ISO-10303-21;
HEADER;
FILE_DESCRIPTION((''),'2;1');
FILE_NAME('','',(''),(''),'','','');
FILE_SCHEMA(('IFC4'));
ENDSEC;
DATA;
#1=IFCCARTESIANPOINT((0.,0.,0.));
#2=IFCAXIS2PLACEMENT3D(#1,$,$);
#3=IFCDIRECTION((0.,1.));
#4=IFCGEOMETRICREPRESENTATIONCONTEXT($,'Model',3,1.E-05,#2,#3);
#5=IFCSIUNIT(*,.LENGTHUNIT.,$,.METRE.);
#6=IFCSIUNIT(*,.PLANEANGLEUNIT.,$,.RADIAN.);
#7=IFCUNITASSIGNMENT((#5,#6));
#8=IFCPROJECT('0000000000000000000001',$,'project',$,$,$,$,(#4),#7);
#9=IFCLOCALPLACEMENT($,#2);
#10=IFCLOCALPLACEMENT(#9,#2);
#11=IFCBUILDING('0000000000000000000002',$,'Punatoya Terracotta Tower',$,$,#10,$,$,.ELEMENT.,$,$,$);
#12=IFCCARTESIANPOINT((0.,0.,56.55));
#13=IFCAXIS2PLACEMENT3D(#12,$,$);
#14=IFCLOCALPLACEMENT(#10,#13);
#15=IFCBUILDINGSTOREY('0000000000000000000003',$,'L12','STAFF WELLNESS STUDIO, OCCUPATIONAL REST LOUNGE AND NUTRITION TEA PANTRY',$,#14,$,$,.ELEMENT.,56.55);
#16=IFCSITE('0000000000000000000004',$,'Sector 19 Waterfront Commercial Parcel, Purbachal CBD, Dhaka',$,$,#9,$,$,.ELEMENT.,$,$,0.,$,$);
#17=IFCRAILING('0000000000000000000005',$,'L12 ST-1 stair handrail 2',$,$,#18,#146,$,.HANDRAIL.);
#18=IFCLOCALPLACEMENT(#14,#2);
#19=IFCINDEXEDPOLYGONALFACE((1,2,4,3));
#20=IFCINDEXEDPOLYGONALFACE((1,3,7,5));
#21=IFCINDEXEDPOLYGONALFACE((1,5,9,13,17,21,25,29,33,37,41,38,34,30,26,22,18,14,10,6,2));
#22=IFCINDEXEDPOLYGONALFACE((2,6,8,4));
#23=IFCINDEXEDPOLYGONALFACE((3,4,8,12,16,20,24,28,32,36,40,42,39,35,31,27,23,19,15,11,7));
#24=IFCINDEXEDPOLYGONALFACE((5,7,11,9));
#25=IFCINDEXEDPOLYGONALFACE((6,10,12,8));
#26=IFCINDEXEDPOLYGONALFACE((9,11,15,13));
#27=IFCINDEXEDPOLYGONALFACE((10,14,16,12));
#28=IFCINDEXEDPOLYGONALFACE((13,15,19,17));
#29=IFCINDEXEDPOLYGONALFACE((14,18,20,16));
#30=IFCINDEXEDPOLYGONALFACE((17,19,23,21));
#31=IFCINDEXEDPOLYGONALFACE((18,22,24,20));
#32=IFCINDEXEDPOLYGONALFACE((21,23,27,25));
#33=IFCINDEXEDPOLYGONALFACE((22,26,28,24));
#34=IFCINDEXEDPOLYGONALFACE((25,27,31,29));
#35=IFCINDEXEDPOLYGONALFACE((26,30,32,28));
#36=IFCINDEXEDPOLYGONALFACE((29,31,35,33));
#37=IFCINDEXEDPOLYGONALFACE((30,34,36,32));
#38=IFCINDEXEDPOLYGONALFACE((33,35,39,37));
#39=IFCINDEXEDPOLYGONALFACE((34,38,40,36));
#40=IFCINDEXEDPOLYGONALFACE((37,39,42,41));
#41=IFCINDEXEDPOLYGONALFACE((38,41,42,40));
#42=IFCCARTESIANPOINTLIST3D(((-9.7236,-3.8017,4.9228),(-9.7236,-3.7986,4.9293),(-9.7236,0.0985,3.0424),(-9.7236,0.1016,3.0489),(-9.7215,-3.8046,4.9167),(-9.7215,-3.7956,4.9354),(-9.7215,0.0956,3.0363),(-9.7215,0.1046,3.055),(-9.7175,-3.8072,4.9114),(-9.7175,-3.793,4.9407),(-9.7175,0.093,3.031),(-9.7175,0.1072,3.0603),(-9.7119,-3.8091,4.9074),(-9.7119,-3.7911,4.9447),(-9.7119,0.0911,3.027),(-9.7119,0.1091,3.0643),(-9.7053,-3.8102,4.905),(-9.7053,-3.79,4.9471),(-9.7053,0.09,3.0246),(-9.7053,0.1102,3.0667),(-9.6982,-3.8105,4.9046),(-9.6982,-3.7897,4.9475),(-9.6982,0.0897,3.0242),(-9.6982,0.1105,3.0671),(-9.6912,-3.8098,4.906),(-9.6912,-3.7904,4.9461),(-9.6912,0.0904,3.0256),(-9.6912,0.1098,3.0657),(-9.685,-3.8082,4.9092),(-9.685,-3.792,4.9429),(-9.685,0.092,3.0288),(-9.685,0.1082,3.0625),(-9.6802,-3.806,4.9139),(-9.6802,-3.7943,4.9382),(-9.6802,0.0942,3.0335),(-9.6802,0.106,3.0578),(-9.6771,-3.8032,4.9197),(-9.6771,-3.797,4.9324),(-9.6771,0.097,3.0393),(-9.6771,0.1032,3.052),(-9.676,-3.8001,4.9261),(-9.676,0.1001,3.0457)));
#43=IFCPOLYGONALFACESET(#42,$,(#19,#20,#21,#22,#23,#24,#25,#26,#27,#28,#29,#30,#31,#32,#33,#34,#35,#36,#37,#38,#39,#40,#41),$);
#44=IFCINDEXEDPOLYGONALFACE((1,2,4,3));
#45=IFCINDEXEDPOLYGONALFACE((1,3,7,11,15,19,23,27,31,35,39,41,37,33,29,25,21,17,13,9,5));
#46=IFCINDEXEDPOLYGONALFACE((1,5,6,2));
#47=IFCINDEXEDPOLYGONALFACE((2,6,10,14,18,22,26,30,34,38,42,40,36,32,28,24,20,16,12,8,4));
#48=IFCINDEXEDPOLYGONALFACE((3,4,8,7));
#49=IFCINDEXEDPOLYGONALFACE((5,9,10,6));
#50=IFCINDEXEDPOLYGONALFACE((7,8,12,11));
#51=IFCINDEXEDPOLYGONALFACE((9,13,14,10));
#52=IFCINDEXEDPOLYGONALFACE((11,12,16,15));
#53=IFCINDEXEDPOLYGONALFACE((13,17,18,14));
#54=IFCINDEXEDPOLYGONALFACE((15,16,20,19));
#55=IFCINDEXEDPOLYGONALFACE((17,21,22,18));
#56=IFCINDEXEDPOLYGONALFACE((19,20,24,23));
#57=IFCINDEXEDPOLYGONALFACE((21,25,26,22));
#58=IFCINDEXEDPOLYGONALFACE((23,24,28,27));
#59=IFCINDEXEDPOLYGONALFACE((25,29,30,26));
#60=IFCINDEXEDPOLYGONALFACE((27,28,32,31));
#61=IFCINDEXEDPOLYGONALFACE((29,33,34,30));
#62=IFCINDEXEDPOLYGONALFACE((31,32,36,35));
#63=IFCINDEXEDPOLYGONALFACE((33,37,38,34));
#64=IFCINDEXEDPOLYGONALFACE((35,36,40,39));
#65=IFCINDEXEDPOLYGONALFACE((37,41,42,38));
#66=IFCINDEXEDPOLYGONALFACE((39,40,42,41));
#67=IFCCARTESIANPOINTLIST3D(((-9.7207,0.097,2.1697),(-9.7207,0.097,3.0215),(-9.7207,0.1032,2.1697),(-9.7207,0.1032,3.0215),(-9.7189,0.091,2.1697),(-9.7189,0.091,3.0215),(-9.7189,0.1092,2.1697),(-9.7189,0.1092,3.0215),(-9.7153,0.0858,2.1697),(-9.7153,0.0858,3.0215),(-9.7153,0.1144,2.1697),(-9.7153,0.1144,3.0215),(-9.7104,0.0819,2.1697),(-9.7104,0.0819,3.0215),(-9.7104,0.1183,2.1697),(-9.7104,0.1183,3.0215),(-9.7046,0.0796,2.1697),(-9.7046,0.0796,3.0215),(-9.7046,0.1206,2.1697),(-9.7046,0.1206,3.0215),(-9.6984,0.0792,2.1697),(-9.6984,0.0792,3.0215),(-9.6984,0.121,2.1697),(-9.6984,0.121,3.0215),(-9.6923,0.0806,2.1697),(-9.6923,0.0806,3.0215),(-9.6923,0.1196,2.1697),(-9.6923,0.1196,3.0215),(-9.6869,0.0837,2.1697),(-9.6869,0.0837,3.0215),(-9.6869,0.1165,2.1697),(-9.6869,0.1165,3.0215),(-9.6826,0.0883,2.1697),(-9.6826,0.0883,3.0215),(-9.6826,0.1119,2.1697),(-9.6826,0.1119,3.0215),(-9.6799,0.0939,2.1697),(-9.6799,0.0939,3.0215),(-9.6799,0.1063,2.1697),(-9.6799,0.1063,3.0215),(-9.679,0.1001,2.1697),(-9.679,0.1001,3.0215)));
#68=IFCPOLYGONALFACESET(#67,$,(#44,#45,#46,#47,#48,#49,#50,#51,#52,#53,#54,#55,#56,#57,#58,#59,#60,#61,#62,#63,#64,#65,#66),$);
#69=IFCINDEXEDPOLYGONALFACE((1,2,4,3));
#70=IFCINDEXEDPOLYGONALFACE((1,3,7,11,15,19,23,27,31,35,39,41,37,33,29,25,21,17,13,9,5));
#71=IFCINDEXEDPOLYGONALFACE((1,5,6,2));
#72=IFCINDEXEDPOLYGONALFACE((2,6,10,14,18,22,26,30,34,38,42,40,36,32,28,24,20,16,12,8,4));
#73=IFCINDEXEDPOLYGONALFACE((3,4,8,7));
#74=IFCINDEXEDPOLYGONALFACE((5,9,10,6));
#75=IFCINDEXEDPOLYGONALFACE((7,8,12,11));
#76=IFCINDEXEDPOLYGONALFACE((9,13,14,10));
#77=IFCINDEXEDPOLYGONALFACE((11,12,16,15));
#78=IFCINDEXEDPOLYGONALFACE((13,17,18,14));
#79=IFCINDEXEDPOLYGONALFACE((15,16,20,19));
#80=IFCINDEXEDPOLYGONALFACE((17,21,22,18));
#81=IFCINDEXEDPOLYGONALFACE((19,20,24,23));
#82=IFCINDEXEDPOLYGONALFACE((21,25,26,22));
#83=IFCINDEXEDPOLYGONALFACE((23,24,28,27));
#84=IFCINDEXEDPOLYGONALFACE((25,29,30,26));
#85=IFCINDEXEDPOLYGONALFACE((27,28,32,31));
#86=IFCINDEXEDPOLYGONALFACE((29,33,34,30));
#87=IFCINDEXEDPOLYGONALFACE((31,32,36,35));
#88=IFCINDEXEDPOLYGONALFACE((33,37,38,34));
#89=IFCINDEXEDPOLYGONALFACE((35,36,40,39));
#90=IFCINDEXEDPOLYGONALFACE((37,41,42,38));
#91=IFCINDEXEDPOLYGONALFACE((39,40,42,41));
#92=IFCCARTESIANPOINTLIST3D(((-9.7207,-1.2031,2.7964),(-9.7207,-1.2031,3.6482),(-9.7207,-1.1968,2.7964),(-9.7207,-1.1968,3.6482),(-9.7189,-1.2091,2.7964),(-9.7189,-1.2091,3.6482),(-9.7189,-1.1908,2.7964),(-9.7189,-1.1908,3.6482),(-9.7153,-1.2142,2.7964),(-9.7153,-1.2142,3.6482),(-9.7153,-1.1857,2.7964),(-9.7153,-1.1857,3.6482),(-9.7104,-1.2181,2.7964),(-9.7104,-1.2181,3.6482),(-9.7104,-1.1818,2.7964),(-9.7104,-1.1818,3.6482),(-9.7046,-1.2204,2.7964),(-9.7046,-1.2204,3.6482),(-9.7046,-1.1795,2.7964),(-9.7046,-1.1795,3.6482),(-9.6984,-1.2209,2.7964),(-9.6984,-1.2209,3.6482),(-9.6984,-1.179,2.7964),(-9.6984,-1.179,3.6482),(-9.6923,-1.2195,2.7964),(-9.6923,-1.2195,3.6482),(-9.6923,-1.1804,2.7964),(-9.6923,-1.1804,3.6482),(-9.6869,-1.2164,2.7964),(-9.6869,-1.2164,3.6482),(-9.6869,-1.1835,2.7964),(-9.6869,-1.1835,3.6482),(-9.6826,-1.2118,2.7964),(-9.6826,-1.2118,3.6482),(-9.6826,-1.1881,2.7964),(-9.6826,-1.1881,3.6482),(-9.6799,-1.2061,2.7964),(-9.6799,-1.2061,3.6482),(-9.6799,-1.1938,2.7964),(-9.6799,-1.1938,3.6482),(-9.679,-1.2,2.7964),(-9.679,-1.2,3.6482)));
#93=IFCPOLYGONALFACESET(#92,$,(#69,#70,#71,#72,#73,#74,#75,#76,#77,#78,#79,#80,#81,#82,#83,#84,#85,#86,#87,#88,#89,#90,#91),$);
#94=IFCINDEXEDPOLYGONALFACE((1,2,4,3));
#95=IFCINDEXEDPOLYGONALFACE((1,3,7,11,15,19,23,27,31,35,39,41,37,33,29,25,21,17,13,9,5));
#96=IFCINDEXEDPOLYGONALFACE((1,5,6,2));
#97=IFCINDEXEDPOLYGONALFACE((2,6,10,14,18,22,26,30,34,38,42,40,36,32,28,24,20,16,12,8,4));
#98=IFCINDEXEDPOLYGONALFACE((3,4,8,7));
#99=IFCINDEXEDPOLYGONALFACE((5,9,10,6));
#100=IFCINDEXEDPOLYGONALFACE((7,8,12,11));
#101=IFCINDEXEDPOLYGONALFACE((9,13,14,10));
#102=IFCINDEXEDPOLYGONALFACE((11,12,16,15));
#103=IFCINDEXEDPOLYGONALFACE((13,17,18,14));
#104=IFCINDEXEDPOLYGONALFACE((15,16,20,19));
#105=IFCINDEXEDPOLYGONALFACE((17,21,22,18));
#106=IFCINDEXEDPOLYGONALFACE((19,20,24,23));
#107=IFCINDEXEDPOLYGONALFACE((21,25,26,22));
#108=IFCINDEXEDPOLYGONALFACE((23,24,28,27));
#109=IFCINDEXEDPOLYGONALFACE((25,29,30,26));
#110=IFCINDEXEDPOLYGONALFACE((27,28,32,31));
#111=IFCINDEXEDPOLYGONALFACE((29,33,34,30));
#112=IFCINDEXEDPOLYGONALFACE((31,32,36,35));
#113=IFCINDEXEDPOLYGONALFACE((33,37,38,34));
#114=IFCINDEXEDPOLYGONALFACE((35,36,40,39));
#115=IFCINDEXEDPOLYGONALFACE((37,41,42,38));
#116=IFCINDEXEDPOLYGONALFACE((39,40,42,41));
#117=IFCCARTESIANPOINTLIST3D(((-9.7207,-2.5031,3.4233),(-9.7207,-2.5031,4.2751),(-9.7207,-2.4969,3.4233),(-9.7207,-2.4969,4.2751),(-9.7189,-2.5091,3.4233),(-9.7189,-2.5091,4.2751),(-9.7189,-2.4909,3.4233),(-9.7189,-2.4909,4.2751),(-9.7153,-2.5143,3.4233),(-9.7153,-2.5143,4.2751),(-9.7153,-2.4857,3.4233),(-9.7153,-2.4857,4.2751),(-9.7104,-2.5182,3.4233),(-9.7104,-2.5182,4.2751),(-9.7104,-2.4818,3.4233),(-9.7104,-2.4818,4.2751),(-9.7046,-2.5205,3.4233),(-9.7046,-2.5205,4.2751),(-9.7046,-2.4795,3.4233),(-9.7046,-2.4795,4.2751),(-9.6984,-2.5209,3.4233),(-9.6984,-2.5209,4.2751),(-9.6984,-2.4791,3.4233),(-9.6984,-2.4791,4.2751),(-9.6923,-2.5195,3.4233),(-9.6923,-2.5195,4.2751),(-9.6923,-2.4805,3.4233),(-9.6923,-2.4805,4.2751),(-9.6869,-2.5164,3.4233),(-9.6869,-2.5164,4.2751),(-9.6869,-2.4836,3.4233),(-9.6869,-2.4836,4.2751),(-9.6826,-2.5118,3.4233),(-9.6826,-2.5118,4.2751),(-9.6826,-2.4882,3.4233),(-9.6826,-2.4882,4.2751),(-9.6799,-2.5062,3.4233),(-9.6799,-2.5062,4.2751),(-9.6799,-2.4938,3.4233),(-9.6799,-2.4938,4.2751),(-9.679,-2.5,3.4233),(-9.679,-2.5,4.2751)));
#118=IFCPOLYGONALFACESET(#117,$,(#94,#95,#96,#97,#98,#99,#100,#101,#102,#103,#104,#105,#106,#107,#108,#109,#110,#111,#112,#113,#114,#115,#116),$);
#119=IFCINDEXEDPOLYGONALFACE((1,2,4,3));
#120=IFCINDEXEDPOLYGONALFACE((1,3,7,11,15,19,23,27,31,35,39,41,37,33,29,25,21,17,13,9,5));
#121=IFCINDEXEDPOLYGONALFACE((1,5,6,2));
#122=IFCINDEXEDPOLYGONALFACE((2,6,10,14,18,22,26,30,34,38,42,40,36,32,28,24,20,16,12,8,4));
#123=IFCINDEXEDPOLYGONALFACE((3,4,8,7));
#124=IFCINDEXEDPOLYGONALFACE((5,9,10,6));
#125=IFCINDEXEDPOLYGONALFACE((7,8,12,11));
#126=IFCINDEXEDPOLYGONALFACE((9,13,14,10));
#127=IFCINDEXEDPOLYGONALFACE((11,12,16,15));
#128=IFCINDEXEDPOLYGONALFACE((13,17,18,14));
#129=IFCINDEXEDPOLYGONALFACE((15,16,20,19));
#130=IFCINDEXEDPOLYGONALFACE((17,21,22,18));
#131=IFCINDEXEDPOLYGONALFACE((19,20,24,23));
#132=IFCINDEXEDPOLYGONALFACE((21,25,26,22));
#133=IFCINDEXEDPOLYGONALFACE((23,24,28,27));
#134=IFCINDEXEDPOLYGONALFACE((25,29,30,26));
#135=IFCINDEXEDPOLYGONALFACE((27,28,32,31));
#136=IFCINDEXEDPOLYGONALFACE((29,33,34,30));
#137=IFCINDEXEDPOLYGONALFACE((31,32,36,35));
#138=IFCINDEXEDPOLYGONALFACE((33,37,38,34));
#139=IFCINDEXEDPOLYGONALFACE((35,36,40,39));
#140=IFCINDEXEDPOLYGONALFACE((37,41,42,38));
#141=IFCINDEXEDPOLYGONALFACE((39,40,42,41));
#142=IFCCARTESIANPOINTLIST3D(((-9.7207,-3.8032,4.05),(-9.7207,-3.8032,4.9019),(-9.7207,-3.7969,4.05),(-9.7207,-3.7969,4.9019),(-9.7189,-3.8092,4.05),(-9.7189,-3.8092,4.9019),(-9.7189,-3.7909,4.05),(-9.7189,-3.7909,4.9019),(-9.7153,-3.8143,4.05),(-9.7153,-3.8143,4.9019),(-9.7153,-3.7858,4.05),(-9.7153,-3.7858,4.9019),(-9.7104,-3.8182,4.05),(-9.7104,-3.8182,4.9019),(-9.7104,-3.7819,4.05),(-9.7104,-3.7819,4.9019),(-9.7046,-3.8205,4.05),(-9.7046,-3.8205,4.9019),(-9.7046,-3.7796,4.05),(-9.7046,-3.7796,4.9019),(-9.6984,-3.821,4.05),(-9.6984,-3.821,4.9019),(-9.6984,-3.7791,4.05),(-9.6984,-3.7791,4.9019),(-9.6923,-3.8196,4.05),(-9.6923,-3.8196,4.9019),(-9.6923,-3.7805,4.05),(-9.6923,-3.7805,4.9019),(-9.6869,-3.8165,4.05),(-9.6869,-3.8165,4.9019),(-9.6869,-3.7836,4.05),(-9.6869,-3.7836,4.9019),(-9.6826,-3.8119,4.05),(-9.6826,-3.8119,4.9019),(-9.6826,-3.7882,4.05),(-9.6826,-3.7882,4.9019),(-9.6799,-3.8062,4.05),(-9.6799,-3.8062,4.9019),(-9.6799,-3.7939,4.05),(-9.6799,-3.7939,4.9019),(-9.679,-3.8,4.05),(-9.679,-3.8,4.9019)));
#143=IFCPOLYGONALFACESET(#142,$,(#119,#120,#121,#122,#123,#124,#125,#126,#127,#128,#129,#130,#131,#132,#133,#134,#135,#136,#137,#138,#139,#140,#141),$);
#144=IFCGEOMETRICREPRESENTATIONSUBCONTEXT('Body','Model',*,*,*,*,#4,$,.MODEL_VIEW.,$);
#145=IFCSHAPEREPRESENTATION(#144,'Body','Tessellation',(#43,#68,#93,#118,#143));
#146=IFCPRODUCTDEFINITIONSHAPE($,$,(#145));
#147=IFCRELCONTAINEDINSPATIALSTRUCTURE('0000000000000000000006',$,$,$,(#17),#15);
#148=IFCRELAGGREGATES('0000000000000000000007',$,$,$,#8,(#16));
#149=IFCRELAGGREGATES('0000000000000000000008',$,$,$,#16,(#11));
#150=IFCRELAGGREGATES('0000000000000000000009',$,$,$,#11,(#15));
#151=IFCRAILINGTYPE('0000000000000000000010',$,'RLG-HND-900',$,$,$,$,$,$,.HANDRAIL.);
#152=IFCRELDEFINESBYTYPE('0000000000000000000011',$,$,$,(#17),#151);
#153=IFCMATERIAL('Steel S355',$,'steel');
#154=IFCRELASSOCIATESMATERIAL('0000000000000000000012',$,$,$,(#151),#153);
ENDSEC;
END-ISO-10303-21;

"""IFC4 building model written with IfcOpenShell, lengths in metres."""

from ifc_helpers import new_model, si_unit, direction, frame, origin, origin_2d, place, context, subcontext, project, spatial, circle, extrude, material, type_object, element, save


model = new_model("IFC4")

# Units and contexts
model_context = context("Model", 3, precision=1e-05, world=origin(), true_north=direction((0.0, 1.0)))
body_context = subcontext(model_context, "Body", "Model", "MODEL_VIEW")
ifc_project = project(units=[si_unit("LENGTHUNIT", "METRE"), si_unit("PLANEANGLEUNIT", "RADIAN")], contexts=[model_context])

# Site, building, storey
site_placement = place(None, origin())
site = spatial("IfcSite", under=ifc_project, at=site_placement, Name="Sector 19 Waterfront Commercial Parcel, Purbachal CBD, Dhaka", CompositionType="ELEMENT", RefElevation=0.0)
building_placement = place(site_placement, origin())
building = spatial("IfcBuilding", under=site, at=building_placement, Name="Punatoya Terracotta Tower", CompositionType="ELEMENT")
storey_placement = place(building_placement, frame((0.0, 0.0, 56.55)))
storey = spatial("IfcBuildingStorey", under=building, at=storey_placement, Name="L12", Description="STAFF WELLNESS STUDIO, OCCUPATIONAL REST LOUNGE AND NUTRITION TEA PANTRY", CompositionType="ELEMENT", Elevation=56.55)

# Shared definitions
ifc_material_1 = material(Name="Steel S355", Category="steel")

# Railing
railing_type_1 = type_object("IfcRailingType", Name="RLG-HND-900", PredefinedType="HANDRAIL", material=ifc_material_1)
railing_1_placement = place(storey_placement, frame((-9.7, 0.1001, 2.1697)))
element("IfcRailing", 1, at=railing_1_placement, inside=storey, type_object=railing_type_1, Name="L12 ST-1 stair handrail 2", PredefinedType="HANDRAIL", context=body_context, shape_type="SweptSolid", body=[
    extrude(circle(Radius=0.0239, at=origin_2d()), frame((0.0, 0.0, 0.876), z_axis=(0.0, -0.900774, 0.434289), x_axis=(1.0, 0.0, 0.0)), (0.0, 0.0, 1.0), 4.3298),
    extrude(circle(Radius=0.021, at=origin_2d()), origin(), (0.0, 0.0, 1.0), 0.8518),
    extrude(circle(Radius=0.021, at=origin_2d()), frame((0.0, -1.3, 0.6267)), (0.0, 0.0, 1.0), 0.8518),
    extrude(circle(Radius=0.021, at=origin_2d()), frame((0.0, -2.6001, 1.2537)), (0.0, 0.0, 1.0), 0.8518),
    extrude(circle(Radius=0.021, at=origin_2d()), frame((0.0, -3.9001, 1.8804)), (0.0, 0.0, 1.0), 0.8518),
])

save(model, "model.ifc")
